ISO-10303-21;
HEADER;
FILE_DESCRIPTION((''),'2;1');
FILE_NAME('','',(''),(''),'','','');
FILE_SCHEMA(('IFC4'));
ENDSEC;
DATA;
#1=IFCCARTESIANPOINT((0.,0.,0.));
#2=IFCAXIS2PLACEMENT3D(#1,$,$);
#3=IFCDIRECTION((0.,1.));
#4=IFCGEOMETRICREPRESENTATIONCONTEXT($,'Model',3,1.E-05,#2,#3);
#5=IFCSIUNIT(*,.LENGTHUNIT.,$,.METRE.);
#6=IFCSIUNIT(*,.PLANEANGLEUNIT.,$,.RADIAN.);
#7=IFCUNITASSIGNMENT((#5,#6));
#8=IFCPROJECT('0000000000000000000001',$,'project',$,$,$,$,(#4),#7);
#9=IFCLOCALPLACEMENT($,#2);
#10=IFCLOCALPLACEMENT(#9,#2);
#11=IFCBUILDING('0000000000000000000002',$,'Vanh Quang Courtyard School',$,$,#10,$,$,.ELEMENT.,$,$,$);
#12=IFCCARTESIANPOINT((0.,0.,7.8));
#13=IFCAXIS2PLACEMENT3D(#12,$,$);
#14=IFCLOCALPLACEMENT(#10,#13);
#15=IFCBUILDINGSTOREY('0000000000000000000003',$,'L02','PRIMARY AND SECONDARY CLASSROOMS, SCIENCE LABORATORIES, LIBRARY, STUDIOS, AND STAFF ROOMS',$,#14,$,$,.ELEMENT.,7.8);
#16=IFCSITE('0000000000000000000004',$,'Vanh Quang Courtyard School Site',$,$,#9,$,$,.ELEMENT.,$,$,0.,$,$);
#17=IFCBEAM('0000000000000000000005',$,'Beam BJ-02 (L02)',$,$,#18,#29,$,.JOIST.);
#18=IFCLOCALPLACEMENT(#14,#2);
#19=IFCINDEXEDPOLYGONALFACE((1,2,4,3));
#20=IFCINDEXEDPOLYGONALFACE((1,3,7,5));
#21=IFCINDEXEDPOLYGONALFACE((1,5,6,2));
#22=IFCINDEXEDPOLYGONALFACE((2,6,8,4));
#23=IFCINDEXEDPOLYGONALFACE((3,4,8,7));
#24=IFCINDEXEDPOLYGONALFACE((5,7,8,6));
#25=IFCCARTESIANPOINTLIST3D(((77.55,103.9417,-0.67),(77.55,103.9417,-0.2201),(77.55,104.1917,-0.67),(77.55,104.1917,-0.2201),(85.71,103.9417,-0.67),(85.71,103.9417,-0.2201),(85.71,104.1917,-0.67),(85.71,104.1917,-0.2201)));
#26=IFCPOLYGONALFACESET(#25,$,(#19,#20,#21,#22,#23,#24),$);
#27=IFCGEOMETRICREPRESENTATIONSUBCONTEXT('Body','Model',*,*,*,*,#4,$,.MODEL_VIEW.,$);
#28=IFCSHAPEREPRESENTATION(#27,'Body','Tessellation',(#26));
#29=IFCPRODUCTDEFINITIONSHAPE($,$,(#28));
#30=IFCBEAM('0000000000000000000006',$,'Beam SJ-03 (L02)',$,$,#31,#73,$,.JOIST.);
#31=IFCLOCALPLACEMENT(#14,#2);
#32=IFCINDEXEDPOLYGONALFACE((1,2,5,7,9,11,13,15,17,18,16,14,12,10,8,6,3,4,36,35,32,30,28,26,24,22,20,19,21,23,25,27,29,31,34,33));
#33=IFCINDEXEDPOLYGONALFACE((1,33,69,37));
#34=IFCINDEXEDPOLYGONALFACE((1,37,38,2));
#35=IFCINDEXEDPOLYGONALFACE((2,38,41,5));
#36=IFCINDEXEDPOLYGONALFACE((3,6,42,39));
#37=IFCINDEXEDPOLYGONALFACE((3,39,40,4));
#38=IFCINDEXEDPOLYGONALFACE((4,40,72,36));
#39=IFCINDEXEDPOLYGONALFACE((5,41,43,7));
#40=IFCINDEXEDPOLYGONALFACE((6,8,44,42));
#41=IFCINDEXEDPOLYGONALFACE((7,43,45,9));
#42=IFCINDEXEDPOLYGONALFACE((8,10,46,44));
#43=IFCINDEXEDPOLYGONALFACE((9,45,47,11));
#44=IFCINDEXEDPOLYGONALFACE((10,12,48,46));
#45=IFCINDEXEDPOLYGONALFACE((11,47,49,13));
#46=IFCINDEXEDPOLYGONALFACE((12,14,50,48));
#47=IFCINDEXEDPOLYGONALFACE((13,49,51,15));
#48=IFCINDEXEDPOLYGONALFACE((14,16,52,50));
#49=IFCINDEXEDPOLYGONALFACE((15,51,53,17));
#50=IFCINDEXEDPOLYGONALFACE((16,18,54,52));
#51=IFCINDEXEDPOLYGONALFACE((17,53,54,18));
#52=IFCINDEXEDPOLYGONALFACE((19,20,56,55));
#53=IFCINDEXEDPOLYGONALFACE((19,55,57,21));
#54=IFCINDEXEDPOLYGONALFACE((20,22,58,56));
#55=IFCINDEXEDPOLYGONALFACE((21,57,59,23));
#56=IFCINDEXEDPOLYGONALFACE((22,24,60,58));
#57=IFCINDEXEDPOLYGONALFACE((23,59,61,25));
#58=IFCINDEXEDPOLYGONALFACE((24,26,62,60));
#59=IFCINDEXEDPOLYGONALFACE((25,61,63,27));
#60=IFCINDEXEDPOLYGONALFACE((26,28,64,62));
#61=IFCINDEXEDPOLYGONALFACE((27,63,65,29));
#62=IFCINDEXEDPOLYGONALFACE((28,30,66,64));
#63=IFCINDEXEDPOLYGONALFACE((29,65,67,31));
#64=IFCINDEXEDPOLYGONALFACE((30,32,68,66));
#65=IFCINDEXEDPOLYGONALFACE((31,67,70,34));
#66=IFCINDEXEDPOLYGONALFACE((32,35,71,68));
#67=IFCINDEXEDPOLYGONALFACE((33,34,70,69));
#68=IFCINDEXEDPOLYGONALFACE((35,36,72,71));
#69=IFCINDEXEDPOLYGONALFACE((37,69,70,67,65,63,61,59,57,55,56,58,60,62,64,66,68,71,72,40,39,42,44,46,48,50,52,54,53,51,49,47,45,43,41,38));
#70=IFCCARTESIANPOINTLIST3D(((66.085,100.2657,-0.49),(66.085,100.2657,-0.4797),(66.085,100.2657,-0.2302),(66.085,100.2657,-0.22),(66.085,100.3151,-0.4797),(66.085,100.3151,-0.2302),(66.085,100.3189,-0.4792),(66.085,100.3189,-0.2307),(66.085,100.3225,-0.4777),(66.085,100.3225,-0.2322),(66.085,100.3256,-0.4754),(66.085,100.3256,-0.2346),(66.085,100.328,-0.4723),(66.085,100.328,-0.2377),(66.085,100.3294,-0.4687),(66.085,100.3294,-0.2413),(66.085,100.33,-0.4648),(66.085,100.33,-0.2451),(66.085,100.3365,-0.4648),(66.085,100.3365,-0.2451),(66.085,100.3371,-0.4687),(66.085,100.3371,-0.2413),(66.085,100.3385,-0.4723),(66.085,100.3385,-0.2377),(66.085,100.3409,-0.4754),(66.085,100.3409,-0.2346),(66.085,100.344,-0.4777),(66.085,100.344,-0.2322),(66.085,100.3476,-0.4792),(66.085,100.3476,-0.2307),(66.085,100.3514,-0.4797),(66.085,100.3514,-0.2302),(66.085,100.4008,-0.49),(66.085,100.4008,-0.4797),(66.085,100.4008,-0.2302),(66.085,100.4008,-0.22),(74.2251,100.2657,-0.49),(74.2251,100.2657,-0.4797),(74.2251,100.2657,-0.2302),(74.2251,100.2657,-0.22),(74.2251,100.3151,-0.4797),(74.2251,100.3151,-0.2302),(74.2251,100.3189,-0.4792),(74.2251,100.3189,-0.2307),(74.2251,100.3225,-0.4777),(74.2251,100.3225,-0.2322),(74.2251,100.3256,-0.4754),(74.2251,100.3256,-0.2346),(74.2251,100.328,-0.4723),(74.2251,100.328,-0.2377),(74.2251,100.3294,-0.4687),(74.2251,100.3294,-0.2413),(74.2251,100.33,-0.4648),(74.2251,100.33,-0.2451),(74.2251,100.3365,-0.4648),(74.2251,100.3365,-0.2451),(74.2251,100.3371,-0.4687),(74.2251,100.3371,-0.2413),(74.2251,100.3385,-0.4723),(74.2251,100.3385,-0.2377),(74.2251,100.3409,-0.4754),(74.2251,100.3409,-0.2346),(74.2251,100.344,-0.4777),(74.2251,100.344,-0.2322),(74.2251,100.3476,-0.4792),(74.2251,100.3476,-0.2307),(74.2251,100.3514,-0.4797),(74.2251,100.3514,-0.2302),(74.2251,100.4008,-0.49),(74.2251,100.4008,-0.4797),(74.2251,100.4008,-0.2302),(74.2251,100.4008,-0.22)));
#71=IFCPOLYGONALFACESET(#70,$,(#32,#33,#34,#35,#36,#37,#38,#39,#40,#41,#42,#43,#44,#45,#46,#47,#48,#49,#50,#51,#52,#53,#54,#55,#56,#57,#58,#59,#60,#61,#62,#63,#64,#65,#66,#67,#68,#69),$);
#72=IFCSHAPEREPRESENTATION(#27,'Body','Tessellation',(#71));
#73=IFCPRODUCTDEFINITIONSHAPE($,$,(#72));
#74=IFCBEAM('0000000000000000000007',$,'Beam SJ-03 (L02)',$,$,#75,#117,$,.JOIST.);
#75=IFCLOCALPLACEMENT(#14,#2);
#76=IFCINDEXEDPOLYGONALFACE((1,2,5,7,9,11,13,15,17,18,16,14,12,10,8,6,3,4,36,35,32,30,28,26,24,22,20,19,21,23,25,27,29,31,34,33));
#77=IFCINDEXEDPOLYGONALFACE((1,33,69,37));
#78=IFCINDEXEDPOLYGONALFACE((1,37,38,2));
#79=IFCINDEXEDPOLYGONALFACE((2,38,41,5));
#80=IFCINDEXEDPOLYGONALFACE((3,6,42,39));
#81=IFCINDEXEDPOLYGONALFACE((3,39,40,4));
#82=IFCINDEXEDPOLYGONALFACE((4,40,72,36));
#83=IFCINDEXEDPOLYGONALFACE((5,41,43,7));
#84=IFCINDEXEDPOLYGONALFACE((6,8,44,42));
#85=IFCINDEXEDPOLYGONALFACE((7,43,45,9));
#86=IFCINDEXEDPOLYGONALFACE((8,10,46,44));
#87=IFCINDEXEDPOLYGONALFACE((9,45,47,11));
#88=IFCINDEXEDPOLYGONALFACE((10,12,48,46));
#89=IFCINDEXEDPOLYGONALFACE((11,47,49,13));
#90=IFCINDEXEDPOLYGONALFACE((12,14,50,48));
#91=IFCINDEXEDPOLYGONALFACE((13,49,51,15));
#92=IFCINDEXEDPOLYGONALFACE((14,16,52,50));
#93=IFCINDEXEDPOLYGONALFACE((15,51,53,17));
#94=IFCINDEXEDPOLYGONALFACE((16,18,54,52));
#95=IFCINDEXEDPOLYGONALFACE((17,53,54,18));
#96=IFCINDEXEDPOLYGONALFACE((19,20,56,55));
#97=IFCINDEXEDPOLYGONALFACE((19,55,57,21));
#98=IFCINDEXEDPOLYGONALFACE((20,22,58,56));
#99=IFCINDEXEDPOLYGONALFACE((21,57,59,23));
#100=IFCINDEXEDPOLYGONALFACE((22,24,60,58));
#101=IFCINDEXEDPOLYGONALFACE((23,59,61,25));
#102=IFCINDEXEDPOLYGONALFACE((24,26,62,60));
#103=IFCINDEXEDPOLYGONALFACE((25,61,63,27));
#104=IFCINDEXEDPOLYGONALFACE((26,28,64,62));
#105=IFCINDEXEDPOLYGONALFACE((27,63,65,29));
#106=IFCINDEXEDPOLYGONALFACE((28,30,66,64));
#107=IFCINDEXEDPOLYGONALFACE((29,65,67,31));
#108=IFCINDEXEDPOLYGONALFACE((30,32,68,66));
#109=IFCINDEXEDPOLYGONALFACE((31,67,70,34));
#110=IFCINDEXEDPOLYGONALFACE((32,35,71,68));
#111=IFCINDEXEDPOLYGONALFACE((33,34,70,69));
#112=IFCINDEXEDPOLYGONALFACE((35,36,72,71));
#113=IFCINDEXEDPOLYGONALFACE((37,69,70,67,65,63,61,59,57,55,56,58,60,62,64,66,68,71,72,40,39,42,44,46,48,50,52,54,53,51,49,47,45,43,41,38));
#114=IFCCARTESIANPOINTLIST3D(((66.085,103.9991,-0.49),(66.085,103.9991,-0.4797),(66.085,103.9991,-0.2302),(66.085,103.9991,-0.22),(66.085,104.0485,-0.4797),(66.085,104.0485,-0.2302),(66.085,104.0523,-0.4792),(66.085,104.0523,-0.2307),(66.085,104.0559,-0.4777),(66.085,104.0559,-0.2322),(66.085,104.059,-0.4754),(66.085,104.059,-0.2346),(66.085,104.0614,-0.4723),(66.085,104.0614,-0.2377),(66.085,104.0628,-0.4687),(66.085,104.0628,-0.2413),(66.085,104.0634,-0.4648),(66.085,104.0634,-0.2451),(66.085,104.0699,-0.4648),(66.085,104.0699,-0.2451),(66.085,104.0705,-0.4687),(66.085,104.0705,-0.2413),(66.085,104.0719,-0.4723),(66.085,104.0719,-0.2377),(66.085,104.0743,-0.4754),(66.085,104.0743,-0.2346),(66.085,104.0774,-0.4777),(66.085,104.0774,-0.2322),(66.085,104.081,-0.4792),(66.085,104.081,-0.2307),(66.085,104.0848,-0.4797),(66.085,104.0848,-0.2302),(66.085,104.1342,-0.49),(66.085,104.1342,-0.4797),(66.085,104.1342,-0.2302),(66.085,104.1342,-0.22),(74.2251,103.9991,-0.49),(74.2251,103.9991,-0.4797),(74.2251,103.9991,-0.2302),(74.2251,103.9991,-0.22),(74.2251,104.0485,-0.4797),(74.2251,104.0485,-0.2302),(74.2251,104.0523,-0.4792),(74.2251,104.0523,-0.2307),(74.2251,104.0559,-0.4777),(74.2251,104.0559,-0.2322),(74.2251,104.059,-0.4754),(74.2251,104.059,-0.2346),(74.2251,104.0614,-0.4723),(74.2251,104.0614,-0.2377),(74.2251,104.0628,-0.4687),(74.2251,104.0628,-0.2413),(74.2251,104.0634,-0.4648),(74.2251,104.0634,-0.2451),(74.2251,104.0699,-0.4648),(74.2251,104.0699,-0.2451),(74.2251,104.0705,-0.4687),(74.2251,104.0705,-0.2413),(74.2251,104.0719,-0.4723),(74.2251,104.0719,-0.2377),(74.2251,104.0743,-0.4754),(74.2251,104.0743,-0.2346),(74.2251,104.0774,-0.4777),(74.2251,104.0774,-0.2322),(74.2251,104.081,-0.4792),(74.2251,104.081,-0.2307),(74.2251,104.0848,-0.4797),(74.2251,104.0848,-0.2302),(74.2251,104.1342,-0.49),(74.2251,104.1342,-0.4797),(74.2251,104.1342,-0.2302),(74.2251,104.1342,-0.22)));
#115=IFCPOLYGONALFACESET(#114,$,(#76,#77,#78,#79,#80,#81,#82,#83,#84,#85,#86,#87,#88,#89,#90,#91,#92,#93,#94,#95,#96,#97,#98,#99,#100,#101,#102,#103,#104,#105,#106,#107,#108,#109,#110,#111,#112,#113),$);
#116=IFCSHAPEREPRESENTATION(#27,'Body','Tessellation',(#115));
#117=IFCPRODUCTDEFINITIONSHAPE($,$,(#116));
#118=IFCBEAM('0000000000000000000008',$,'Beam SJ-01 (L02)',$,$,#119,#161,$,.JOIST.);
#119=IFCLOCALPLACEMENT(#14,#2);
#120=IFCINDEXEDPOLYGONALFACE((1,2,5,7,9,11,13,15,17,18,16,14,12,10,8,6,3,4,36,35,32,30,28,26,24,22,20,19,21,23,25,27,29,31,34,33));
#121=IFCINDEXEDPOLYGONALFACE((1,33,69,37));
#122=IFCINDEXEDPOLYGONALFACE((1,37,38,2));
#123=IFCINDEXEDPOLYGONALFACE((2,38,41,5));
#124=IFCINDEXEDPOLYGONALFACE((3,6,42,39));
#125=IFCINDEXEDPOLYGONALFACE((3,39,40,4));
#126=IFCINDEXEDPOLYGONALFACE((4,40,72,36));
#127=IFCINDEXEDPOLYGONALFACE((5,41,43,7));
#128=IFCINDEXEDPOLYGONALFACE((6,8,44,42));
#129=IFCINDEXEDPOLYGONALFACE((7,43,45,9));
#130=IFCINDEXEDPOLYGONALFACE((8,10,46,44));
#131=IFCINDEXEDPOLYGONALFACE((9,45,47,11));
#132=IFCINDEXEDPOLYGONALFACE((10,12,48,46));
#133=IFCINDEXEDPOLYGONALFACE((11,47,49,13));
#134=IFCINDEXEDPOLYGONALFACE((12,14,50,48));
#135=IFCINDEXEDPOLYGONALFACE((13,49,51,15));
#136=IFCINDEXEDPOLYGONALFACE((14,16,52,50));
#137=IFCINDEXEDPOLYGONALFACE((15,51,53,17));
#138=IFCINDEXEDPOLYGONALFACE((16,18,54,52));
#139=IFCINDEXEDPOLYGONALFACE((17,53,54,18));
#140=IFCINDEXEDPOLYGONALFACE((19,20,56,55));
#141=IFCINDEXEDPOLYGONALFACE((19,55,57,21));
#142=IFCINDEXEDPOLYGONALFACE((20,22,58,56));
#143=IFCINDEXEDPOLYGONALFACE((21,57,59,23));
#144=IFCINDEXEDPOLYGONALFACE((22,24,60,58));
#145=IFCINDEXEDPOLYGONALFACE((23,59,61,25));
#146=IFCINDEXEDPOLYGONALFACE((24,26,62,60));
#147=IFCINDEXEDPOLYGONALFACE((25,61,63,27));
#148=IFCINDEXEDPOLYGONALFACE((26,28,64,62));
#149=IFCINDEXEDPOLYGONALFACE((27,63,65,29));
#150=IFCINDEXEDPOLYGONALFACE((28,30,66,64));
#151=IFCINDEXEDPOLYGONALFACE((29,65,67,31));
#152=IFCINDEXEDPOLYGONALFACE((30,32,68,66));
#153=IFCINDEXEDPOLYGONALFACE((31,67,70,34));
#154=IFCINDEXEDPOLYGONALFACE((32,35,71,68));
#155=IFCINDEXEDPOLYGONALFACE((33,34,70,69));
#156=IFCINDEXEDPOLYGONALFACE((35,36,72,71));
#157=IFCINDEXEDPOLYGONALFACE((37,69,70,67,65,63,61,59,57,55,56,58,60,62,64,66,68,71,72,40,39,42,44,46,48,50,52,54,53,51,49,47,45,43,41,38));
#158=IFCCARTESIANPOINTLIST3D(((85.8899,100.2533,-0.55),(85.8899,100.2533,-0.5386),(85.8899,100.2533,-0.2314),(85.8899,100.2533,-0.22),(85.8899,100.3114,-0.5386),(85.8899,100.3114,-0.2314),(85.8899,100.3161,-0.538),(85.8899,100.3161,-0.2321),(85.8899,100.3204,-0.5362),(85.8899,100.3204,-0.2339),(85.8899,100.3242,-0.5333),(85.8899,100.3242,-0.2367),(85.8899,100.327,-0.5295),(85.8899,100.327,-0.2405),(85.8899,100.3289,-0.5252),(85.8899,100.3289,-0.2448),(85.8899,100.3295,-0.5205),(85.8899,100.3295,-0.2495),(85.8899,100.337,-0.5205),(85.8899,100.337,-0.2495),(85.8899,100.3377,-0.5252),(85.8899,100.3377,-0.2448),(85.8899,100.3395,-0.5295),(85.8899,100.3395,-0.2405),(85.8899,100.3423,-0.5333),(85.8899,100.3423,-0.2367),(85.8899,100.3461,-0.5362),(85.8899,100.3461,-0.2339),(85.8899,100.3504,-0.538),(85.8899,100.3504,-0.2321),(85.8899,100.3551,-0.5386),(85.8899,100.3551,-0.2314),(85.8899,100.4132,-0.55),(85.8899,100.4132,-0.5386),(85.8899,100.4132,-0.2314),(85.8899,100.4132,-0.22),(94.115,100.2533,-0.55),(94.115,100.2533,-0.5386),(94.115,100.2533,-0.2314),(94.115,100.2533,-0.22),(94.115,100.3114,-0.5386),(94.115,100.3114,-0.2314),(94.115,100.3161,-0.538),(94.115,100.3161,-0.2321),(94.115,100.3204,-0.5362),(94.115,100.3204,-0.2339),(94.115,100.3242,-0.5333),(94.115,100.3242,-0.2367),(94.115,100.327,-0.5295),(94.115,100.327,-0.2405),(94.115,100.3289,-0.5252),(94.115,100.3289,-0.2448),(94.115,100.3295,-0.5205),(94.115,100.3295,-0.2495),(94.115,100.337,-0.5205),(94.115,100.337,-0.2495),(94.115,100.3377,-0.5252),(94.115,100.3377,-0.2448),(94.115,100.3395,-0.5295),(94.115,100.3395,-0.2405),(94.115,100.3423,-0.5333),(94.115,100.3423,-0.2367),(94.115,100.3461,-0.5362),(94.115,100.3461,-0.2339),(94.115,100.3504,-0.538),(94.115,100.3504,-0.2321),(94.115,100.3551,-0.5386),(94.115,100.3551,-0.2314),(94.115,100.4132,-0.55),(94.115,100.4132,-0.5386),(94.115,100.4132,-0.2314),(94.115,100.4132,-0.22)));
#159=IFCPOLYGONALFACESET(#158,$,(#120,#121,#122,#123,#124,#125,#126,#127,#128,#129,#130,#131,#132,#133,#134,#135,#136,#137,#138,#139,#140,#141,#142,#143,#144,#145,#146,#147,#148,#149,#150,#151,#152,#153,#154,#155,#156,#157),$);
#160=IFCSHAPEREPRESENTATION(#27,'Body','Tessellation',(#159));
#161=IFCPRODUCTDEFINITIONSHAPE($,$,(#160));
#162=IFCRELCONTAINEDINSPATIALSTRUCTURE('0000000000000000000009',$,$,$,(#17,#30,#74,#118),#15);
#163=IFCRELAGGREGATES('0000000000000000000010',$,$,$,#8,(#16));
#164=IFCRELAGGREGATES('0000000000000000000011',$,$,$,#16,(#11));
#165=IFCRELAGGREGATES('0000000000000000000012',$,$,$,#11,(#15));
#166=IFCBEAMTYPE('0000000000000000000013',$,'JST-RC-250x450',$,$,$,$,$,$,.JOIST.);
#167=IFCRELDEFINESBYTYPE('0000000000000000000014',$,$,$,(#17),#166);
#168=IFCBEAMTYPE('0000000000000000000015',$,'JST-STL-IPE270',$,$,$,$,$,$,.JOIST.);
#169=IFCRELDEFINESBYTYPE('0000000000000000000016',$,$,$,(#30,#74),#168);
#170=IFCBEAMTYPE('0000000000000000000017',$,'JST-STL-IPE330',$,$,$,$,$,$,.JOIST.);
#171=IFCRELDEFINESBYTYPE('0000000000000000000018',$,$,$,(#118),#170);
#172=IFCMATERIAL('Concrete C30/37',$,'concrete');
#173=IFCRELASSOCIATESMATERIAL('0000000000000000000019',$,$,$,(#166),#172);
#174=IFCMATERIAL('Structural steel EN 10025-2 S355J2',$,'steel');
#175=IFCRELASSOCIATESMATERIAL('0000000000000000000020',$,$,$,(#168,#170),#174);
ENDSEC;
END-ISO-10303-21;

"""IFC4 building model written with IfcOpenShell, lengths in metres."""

from ifc_helpers import new_model, si_unit, direction, frame, origin, origin_2d, place, context, subcontext, project, spatial, rectangle, i_section, extrude, material, material_profile, profile_set, type_object, element, save


model = new_model("IFC4")

# Units and contexts
model_context = context("Model", 3, precision=1e-05, world=origin(), true_north=direction((0.0, 1.0)))
body_context = subcontext(model_context, "Body", "Model", "MODEL_VIEW")
ifc_project = project(units=[si_unit("LENGTHUNIT", "METRE"), si_unit("PLANEANGLEUNIT", "RADIAN")], contexts=[model_context])

# Site, building, storey
site_placement = place(None, origin())
site = spatial("IfcSite", under=ifc_project, at=site_placement, Name="Vanh Quang Courtyard School Site", CompositionType="ELEMENT", RefElevation=0.0)
building_placement = place(site_placement, origin())
building = spatial("IfcBuilding", under=site, at=building_placement, Name="Vanh Quang Courtyard School", CompositionType="ELEMENT")
storey_placement = place(building_placement, frame((0.0, 0.0, 7.8)))
storey = spatial("IfcBuildingStorey", under=building, at=storey_placement, Name="L02", Description="PRIMARY AND SECONDARY CLASSROOMS, SCIENCE LABORATORIES, LIBRARY, STUDIOS, AND STAFF ROOMS", CompositionType="ELEMENT", Elevation=7.8)

# Beams
ifc_material_1 = material(Name="Concrete C30/37", Category="concrete")
ifc_material_profile_1 = material_profile(ifc_material_1, rectangle(XDim=0.25, YDim=0.45, at=origin_2d()), Name="RC-JST 250x450")
ifc_profile_set_1 = profile_set([ifc_material_profile_1], Name="Concrete C30/37")
beam_type_1 = type_object("IfcBeamType", Name="JST-RC-250x450", PredefinedType="JOIST", material=ifc_profile_set_1)
for number, where, z_axis, x_axis, name in (
    (1, (77.55, 104.0667, -0.4451), (1.0, 0.0, 0.0), (0.0, 1.0, 0.0), "Beam BJ-02 (L02)"),
):
    element("IfcBeam", number, at=place(storey_placement, frame(where, z_axis=z_axis, x_axis=x_axis)), inside=storey, type_object=beam_type_1, Name=name, PredefinedType="JOIST", context=body_context, shape_type="SweptSolid", body=[
        extrude(rectangle(XDim=0.25, YDim=0.45, at=origin_2d()), origin(), (0.0, 0.0, 1.0), 8.1599),
    ])
ifc_material_2 = material(Name="Structural steel EN 10025-2 S355J2", Category="steel")
ifc_material_profile_2 = material_profile(ifc_material_2, i_section(OverallWidth=0.135, OverallDepth=0.27, WebThickness=0.0066, FlangeThickness=0.0103, FilletRadius=0.0149, at=origin_2d()), Name="IPE 270")
ifc_profile_set_2 = profile_set([ifc_material_profile_2], Name="Structural steel EN 10025-2 S355J2")
beam_type_2 = type_object("IfcBeamType", Name="JST-STL-IPE270", PredefinedType="JOIST", material=ifc_profile_set_2)
for number, where, z_axis, x_axis, name in (
    (2, (66.085, 100.3333, -0.355), (1.0, 0.0, 0.0), (0.0, 1.0, 0.0), "Beam SJ-03 (L02)"),
    (3, (66.085, 104.0667, -0.355), (1.0, 0.0, 0.0), (0.0, 1.0, 0.0), "Beam SJ-03 (L02)"),
):
    element("IfcBeam", number, at=place(storey_placement, frame(where, z_axis=z_axis, x_axis=x_axis)), inside=storey, type_object=beam_type_2, Name=name, PredefinedType="JOIST", context=body_context, shape_type="SweptSolid", body=[
        extrude(i_section(OverallWidth=0.135, OverallDepth=0.27, WebThickness=0.0066, FlangeThickness=0.0103, FilletRadius=0.0149, at=origin_2d()), origin(), (0.0, 0.0, 1.0), 8.1401),
    ])
ifc_material_profile_3 = material_profile(ifc_material_2, i_section(OverallWidth=0.1599, OverallDepth=0.3301, WebThickness=0.0076, FlangeThickness=0.0115, FilletRadius=0.0181, at=origin_2d()), Name="IPE 330")
ifc_profile_set_3 = profile_set([ifc_material_profile_3], Name="Structural steel EN 10025-2 S355J2")
beam_type_3 = type_object("IfcBeamType", Name="JST-STL-IPE330", PredefinedType="JOIST", material=ifc_profile_set_3)
for number, where, z_axis, x_axis, name in (
    (4, (85.8899, 100.3333, -0.385), (1.0, 0.0, 0.0), (0.0, 1.0, 0.0), "Beam SJ-01 (L02)"),
):
    element("IfcBeam", number, at=place(storey_placement, frame(where, z_axis=z_axis, x_axis=x_axis)), inside=storey, type_object=beam_type_3, Name=name, PredefinedType="JOIST", context=body_context, shape_type="SweptSolid", body=[
        extrude(i_section(OverallWidth=0.1599, OverallDepth=0.3301, WebThickness=0.0076, FlangeThickness=0.0115, FilletRadius=0.0181, at=origin_2d()), origin(), (0.0, 0.0, 1.0), 8.2251),
    ])

save(model, "model.ifc")
